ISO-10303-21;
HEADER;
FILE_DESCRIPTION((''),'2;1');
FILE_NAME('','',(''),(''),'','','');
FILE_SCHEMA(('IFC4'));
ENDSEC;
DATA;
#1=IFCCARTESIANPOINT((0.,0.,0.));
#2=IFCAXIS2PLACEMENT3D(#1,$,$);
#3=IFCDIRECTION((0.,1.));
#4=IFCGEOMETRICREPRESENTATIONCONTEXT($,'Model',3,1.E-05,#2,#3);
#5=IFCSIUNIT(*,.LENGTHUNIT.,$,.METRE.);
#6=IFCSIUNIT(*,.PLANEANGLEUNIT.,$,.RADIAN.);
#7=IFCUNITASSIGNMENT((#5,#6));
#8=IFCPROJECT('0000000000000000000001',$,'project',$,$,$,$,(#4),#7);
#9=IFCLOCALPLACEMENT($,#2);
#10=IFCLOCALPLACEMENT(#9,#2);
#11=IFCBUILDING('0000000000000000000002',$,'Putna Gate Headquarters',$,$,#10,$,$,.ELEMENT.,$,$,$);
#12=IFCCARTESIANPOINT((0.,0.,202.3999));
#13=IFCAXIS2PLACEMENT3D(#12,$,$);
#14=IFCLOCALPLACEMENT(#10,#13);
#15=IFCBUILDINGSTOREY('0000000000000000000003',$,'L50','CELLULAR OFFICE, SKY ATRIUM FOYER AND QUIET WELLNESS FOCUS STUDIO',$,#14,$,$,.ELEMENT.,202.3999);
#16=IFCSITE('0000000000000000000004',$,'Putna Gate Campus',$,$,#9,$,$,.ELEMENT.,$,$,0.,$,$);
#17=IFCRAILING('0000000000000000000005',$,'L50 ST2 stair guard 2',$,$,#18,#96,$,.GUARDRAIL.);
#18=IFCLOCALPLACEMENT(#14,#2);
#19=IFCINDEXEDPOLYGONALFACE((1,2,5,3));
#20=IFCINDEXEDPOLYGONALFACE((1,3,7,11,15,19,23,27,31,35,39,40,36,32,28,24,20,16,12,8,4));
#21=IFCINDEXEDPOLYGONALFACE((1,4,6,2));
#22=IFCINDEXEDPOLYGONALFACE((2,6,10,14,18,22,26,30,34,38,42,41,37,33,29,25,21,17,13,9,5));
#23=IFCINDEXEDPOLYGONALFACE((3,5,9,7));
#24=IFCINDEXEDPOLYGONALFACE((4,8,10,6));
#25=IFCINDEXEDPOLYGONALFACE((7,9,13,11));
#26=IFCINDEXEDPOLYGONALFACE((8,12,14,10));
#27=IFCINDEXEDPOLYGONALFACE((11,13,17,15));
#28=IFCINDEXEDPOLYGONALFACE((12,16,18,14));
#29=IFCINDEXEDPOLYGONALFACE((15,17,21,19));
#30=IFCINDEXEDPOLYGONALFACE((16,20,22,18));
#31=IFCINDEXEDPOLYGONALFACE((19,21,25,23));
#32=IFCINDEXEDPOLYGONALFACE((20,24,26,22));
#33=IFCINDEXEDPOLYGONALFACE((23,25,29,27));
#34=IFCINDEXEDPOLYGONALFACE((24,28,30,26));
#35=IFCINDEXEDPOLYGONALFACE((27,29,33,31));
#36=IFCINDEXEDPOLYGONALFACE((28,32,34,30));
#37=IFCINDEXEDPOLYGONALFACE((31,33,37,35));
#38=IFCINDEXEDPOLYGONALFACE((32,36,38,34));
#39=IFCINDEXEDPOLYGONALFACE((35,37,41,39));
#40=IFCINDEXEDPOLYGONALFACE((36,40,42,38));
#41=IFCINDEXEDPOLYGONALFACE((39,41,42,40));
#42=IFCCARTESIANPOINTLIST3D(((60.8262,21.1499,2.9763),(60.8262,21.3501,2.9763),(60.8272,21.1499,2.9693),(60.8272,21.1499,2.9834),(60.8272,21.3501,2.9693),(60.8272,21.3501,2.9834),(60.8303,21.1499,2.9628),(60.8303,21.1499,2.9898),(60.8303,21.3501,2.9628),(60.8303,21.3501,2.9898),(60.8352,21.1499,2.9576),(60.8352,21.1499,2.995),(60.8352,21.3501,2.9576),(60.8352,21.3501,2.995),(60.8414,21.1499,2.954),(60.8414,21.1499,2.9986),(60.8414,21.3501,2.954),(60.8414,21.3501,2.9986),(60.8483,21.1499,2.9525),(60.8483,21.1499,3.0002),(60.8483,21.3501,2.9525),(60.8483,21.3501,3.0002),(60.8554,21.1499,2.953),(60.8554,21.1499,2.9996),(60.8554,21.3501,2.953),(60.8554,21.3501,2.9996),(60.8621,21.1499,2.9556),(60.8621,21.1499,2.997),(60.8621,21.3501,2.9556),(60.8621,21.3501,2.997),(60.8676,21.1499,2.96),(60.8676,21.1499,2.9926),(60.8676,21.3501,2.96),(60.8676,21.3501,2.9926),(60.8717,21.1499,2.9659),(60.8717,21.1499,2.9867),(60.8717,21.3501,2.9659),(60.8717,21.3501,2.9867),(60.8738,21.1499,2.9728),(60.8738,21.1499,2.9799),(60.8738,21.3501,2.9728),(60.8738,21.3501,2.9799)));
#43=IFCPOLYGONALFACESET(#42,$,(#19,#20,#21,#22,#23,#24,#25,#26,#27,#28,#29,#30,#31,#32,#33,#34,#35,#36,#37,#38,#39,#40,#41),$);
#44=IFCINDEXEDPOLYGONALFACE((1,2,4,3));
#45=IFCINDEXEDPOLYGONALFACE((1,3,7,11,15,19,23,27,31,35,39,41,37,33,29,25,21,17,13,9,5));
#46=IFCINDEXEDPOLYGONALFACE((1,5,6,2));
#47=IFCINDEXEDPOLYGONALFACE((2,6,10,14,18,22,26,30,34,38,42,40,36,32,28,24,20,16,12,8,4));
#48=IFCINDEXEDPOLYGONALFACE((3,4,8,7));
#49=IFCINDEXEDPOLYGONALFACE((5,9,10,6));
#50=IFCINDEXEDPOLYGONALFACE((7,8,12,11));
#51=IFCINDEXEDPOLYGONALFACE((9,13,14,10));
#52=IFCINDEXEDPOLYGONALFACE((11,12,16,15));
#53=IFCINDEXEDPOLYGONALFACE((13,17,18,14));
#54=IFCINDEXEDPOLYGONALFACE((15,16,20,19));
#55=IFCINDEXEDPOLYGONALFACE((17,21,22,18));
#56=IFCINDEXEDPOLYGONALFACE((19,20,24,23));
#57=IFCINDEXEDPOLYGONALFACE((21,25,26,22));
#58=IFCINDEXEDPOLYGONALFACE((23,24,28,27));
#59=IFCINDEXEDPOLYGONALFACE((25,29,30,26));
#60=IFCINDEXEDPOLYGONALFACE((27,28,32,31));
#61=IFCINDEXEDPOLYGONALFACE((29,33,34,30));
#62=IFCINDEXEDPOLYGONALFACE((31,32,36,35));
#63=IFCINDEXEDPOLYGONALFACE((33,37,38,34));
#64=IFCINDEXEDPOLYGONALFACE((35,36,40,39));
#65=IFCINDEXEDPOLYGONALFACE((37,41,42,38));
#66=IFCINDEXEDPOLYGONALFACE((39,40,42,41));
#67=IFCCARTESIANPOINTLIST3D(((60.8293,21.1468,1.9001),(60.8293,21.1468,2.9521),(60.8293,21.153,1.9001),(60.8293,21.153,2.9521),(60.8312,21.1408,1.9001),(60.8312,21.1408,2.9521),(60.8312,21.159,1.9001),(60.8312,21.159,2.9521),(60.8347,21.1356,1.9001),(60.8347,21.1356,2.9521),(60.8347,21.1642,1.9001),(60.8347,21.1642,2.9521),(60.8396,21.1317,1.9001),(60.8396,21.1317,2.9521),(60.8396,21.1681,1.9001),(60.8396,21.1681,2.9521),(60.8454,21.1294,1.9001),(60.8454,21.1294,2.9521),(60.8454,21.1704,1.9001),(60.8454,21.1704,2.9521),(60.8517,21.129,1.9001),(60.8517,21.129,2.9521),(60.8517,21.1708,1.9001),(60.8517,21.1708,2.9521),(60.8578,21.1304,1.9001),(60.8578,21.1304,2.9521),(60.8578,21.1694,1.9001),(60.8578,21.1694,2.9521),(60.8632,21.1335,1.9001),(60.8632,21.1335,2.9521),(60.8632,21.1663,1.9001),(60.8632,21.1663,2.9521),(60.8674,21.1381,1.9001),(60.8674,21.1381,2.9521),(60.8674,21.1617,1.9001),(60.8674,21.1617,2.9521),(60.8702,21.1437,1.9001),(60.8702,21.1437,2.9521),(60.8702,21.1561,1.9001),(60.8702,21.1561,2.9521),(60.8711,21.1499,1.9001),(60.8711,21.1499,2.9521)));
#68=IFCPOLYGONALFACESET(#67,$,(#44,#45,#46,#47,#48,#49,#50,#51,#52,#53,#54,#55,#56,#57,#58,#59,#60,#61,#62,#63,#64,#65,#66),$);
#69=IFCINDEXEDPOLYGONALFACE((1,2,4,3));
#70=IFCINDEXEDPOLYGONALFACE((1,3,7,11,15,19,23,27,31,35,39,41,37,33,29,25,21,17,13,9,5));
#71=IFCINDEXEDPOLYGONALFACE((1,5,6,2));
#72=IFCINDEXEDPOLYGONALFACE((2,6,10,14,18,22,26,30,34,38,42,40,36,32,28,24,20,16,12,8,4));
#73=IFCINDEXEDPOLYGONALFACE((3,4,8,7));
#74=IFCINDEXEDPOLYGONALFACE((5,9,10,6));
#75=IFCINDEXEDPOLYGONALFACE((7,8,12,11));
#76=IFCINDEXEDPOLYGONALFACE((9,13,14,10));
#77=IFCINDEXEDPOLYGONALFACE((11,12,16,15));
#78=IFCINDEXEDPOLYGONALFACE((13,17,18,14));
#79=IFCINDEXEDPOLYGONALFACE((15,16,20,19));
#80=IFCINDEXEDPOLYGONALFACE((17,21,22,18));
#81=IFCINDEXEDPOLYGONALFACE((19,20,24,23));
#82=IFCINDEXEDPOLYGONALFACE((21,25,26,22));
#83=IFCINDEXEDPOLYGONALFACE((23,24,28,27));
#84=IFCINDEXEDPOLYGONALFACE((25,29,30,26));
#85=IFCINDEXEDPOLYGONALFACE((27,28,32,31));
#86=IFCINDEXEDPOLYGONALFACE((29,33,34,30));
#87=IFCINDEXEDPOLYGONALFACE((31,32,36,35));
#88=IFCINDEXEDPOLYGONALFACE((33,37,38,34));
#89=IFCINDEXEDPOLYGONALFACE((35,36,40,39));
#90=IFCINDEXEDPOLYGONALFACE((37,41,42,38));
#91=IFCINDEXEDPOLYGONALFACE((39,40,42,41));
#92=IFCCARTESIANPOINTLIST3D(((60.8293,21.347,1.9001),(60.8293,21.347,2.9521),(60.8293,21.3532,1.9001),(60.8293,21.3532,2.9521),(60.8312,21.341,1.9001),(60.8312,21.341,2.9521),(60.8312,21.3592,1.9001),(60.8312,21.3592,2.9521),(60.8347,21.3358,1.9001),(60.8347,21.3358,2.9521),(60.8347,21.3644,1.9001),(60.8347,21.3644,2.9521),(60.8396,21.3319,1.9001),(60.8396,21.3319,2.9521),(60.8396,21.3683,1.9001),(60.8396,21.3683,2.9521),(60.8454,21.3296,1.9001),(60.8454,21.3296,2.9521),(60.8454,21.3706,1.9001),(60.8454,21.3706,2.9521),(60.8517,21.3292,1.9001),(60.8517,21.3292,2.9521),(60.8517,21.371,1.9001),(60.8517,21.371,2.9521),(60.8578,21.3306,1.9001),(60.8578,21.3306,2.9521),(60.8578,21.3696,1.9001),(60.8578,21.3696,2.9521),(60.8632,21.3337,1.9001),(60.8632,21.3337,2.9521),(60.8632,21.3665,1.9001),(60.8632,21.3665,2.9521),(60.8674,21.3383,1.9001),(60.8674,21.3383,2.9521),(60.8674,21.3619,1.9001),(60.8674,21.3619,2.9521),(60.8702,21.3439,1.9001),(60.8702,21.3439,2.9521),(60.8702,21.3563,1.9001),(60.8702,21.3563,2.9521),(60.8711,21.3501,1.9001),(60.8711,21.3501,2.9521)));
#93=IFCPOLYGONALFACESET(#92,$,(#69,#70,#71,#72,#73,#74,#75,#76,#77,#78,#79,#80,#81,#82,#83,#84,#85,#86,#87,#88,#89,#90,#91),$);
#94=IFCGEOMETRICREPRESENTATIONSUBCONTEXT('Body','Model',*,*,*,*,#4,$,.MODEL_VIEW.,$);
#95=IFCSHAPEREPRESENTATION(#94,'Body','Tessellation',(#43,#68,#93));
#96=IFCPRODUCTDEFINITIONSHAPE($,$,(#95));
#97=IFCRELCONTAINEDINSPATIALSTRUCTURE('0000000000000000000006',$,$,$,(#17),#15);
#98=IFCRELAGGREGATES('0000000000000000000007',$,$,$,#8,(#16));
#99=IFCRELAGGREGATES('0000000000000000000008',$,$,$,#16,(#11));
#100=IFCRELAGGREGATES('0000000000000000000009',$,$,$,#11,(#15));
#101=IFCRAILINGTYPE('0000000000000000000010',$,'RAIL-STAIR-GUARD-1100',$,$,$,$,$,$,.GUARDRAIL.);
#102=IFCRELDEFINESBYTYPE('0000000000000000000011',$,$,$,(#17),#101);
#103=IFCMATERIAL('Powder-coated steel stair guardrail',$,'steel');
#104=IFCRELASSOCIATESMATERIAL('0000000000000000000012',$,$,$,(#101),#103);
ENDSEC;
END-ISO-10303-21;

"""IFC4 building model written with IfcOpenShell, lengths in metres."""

from ifc_helpers import new_model, si_unit, direction, frame, origin, origin_2d, place, context, subcontext, project, spatial, circle, extrude, material, type_object, element, save


model = new_model("IFC4")

# Units and contexts
model_context = context("Model", 3, precision=1e-05, world=origin(), true_north=direction((0.0, 1.0)))
body_context = subcontext(model_context, "Body", "Model", "MODEL_VIEW")
ifc_project = project(units=[si_unit("LENGTHUNIT", "METRE"), si_unit("PLANEANGLEUNIT", "RADIAN")], contexts=[model_context])

# Site, building, storey
site_placement = place(None, origin())
site = spatial("IfcSite", under=ifc_project, at=site_placement, Name="Putna Gate Campus", CompositionType="ELEMENT", RefElevation=0.0)
building_placement = place(site_placement, origin())
building = spatial("IfcBuilding", under=site, at=building_placement, Name="Putna Gate Headquarters", CompositionType="ELEMENT")
storey_placement = place(building_placement, frame((0.0, 0.0, 202.3999)))
storey = spatial("IfcBuildingStorey", under=building, at=storey_placement, Name="L50", Description="CELLULAR OFFICE, SKY ATRIUM FOYER AND QUIET WELLNESS FOCUS STUDIO", CompositionType="ELEMENT", Elevation=202.3999)

# Railing
ifc_material_1 = material(Name="Powder-coated steel stair guardrail", Category="steel")
railing_type_1 = type_object("IfcRailingType", Name="RAIL-STAIR-GUARD-1100", PredefinedType="GUARDRAIL", material=ifc_material_1)
railing_1_placement = place(storey_placement, frame((60.8501, 21.1499, 1.9001)))
element("IfcRailing", 1, at=railing_1_placement, inside=storey, type_object=railing_type_1, Name="L50 ST2 stair guard 2", PredefinedType="GUARDRAIL", context=body_context, shape_type="SweptSolid", body=[
    extrude(circle(Radius=0.0239, at=origin_2d()), frame((0.0, 0.0, 1.0762), z_axis=(0.0, 1.0, 0.0), x_axis=(-1.0, 0.0, 0.0)), (0.0, 0.0, 1.0), 0.2002),
    extrude(circle(Radius=0.021, at=origin_2d()), origin(), (0.0, 0.0, 1.0), 1.052),
    extrude(circle(Radius=0.021, at=origin_2d()), frame((0.0, 0.2002, 0.0)), (0.0, 0.0, 1.0), 1.052),
])

save(model, "model.ifc")
